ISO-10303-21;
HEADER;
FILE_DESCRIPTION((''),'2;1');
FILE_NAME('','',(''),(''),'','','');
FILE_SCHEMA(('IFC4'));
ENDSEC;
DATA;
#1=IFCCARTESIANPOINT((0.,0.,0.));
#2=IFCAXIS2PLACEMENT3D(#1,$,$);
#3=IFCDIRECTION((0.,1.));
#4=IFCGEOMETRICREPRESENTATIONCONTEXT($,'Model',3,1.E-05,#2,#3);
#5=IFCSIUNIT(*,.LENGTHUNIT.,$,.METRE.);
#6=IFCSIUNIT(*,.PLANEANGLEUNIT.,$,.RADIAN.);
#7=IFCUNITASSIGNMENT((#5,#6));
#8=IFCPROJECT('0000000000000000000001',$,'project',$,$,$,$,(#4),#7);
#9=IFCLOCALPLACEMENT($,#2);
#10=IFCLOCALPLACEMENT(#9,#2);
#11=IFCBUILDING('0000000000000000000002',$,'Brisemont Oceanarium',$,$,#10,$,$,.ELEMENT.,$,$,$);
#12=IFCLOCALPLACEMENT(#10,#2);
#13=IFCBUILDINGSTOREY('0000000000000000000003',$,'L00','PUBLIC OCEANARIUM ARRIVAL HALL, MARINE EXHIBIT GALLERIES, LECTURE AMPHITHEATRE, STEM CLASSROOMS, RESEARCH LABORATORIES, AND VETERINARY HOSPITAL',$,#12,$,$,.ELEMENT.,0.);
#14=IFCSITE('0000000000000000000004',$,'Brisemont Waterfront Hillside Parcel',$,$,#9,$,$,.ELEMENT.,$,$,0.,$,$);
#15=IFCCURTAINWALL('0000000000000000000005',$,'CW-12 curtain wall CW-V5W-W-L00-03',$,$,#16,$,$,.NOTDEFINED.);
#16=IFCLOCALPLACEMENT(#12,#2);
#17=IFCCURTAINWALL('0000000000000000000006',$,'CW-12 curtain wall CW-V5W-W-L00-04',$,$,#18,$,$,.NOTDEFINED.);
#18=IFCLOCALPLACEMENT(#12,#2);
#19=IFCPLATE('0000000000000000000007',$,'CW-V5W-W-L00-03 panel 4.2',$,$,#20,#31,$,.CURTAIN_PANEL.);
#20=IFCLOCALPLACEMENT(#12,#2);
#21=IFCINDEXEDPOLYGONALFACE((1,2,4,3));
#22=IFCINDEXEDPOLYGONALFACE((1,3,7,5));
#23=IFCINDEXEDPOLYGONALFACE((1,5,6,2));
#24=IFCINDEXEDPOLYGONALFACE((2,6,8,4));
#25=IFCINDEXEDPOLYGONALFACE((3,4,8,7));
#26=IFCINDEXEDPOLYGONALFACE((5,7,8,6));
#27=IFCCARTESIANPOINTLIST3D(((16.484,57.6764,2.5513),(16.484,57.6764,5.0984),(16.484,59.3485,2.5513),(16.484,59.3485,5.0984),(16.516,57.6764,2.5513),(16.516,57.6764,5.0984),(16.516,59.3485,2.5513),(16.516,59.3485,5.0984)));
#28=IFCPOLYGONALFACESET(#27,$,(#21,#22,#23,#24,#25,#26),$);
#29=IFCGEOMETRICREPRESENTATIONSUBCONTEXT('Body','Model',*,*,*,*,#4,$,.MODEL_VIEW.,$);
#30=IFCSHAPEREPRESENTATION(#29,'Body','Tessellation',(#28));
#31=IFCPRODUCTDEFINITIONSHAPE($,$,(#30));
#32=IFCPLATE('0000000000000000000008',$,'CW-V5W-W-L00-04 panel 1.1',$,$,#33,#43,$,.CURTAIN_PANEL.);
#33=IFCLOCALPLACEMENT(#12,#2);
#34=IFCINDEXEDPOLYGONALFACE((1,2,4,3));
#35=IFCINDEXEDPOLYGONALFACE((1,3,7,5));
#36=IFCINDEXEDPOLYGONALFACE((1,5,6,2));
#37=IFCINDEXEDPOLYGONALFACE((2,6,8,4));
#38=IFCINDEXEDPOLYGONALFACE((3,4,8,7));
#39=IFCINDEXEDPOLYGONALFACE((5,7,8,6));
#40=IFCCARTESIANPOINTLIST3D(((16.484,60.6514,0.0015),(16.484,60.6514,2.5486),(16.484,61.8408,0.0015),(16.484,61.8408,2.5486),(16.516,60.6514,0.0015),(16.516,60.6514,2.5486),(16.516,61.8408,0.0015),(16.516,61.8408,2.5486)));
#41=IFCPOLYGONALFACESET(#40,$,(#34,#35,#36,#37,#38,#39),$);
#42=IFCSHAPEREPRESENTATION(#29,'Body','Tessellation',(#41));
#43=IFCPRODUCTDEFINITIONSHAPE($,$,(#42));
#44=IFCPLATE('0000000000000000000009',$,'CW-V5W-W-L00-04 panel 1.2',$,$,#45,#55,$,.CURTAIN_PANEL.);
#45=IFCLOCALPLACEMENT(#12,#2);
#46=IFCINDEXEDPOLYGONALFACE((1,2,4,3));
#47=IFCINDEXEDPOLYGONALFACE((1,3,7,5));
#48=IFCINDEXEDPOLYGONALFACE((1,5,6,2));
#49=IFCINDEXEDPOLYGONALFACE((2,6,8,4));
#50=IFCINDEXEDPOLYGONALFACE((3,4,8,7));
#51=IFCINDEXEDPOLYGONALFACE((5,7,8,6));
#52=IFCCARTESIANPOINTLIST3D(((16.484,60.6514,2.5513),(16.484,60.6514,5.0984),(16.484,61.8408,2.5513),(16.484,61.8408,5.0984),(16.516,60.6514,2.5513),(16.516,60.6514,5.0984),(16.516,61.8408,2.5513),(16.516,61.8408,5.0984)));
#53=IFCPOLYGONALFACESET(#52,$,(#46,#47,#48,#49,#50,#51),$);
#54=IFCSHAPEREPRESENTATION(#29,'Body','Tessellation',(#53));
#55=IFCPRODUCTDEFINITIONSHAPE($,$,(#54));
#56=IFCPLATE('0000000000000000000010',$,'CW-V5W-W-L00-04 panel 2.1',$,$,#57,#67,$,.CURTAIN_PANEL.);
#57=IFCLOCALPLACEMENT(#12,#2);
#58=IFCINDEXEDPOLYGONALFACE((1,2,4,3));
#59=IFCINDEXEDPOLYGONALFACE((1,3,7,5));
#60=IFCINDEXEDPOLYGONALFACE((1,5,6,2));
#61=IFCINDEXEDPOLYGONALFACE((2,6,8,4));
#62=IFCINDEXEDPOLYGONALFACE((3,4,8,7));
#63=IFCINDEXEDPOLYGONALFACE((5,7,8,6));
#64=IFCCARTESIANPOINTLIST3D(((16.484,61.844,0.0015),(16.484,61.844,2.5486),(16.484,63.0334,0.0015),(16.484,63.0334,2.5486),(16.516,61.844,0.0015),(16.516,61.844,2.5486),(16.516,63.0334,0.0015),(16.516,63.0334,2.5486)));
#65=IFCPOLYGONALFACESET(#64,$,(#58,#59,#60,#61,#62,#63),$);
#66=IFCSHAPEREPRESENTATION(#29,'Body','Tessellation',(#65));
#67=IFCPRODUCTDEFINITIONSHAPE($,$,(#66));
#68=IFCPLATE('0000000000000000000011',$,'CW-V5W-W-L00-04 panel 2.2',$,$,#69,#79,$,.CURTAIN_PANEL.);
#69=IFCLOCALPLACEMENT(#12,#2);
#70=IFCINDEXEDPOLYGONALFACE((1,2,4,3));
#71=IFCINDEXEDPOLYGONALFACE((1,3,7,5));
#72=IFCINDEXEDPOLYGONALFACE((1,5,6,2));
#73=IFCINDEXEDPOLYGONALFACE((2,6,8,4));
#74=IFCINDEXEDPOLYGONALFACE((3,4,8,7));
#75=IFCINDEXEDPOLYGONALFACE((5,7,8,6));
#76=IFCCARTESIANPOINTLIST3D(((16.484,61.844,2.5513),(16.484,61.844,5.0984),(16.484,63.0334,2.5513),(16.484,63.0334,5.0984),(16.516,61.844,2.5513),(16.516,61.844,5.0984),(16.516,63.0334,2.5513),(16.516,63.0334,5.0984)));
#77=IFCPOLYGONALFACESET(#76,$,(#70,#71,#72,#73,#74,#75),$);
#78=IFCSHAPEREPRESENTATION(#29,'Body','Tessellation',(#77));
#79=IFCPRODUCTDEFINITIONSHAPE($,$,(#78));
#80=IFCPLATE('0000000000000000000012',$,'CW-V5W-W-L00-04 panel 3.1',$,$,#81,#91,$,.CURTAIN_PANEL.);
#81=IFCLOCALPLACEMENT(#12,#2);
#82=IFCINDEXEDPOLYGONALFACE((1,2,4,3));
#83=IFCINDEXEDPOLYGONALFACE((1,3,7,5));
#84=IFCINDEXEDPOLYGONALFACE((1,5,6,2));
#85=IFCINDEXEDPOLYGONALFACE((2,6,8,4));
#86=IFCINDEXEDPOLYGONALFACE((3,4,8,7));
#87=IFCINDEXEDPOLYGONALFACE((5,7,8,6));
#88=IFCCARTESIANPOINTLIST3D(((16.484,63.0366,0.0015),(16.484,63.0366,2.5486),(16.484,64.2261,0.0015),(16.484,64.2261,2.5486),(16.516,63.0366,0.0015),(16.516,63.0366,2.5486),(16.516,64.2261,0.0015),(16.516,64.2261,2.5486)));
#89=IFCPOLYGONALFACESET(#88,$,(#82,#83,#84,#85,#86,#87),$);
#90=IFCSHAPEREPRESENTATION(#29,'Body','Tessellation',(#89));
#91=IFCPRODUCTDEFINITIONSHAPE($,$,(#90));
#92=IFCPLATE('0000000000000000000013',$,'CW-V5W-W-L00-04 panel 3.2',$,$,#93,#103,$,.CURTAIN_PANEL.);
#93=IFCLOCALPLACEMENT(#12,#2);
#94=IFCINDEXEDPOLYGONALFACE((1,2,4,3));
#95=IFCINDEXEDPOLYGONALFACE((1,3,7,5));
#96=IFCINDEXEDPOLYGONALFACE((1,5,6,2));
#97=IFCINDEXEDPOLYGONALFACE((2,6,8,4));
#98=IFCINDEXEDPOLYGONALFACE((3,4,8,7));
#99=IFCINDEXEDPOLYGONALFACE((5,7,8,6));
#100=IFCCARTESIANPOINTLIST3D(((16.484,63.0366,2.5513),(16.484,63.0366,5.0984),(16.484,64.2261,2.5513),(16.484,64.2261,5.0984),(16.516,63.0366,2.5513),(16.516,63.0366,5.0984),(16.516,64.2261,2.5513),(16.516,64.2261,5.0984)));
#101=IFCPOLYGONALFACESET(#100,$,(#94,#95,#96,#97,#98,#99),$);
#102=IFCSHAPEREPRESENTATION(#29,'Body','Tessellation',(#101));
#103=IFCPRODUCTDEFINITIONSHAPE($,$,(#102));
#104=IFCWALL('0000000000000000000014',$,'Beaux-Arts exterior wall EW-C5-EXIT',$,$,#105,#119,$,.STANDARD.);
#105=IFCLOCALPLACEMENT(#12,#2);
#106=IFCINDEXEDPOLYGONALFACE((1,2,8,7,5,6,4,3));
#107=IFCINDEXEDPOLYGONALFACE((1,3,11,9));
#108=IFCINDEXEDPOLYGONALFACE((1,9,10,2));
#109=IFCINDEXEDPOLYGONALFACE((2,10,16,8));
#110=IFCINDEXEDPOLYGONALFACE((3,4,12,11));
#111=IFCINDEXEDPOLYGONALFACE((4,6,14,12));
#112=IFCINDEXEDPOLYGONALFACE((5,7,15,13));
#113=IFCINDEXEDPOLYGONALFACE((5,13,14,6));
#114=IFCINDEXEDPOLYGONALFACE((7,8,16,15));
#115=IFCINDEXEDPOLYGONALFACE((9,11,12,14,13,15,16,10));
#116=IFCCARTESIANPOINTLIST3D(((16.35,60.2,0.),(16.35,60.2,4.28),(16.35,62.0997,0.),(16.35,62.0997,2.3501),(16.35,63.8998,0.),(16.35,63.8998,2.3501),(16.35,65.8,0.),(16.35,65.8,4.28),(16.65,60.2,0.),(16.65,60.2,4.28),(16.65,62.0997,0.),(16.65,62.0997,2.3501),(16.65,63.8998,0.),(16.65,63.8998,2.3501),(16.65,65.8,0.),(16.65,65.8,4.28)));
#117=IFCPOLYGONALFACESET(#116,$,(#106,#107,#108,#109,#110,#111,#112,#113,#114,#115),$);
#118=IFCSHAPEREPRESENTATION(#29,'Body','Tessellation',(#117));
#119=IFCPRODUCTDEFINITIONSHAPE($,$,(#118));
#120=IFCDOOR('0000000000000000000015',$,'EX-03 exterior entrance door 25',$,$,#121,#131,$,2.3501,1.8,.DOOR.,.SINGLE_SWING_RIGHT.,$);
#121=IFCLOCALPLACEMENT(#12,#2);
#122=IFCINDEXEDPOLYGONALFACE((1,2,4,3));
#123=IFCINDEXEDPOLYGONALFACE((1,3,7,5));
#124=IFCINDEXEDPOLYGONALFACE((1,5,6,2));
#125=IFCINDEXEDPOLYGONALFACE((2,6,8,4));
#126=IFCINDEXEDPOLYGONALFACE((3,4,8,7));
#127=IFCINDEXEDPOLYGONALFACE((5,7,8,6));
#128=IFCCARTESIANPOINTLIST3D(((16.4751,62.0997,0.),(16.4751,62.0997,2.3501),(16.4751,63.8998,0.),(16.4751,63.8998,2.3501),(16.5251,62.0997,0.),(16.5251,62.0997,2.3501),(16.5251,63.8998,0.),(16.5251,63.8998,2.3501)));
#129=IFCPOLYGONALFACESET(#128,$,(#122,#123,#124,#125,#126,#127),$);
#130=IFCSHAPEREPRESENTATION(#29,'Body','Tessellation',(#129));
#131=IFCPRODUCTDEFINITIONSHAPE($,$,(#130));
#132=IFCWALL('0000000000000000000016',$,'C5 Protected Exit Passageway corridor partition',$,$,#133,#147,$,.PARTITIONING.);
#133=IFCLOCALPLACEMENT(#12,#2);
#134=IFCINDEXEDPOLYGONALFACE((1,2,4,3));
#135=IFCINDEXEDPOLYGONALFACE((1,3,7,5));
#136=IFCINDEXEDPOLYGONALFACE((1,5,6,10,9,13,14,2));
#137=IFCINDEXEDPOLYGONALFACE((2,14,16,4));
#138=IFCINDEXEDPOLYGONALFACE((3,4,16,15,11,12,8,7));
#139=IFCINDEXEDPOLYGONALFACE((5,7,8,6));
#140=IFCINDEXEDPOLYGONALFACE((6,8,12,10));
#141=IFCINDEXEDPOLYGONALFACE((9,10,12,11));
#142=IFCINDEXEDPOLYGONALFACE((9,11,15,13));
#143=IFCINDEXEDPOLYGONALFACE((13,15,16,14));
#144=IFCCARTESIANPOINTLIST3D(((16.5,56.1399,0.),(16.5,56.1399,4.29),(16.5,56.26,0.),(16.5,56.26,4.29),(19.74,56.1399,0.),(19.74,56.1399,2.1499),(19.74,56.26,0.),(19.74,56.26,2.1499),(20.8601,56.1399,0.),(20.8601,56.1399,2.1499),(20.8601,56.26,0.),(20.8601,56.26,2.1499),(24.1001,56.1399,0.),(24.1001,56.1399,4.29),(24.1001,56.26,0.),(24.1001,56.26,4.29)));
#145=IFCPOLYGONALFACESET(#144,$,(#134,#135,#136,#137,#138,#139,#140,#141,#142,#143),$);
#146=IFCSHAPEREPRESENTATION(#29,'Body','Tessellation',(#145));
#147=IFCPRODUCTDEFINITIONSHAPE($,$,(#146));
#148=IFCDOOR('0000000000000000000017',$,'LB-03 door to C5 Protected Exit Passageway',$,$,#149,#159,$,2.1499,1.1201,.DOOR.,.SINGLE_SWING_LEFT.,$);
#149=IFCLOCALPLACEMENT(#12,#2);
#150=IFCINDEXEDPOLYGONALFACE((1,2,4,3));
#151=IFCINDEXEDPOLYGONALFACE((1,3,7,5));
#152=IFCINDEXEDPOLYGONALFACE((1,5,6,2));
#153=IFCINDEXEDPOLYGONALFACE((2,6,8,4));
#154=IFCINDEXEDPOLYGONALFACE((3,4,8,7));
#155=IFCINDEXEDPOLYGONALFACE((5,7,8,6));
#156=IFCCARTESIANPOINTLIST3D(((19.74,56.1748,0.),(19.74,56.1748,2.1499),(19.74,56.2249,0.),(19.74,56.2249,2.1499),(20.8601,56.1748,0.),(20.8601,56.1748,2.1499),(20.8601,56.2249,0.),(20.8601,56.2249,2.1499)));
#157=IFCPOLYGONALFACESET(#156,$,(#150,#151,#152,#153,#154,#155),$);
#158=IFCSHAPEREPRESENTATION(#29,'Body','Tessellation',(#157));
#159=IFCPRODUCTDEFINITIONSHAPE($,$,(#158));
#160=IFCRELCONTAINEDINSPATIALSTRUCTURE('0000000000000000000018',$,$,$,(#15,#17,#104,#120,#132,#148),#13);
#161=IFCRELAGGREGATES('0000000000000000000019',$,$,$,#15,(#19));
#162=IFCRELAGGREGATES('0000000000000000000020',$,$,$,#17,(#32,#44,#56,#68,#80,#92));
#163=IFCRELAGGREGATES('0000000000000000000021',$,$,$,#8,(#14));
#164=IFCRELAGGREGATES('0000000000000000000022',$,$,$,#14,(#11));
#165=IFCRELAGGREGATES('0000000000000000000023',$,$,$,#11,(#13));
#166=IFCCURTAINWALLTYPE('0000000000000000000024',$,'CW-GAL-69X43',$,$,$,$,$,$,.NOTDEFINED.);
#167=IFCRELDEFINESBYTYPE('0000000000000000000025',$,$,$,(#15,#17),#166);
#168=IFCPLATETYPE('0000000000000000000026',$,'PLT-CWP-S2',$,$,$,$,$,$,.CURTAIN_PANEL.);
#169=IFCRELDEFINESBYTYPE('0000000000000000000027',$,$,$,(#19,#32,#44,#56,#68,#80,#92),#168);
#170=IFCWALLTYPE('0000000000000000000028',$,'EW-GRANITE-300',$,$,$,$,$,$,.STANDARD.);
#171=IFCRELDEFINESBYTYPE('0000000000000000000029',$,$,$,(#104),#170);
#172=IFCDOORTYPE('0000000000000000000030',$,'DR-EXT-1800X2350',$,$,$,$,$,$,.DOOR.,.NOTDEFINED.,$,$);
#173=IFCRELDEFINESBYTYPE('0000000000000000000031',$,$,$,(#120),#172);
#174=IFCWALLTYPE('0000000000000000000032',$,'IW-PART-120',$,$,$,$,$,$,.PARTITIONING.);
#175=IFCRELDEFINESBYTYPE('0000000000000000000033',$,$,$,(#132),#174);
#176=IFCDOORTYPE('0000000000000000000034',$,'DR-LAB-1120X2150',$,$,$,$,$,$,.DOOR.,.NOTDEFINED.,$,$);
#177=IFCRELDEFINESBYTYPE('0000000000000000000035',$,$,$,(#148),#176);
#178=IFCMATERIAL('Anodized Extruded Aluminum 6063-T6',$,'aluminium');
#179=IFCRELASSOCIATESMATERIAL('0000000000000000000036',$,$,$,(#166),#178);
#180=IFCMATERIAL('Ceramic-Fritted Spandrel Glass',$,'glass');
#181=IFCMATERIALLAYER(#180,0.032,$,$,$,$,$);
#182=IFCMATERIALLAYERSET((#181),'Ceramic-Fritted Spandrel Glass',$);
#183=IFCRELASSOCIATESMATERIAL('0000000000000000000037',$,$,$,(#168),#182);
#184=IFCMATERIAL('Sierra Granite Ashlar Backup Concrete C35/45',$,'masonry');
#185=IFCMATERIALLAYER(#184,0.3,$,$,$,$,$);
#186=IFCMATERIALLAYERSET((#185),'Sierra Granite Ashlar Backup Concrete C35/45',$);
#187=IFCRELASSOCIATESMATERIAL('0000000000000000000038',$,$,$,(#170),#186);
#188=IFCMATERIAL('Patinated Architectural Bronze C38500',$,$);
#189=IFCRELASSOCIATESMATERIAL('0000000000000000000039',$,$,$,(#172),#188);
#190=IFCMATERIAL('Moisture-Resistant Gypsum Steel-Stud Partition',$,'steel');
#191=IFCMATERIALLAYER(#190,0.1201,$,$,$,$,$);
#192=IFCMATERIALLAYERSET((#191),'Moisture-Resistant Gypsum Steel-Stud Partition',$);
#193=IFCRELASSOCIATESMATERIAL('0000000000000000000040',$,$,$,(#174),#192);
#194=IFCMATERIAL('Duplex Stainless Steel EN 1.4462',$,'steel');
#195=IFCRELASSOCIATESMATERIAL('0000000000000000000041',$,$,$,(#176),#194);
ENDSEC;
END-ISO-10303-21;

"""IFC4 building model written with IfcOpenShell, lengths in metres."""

from ifc_helpers import new_model, si_unit, direction, frame, frame_2d, origin, origin_2d, place, context, subcontext, project, spatial, rectangle, extrude, material, layer, layer_set, type_object, element, fill, aggregate, save


model = new_model("IFC4")

# Units and contexts
model_context = context("Model", 3, precision=1e-05, world=origin(), true_north=direction((0.0, 1.0)))
body_context = subcontext(model_context, "Body", "Model", "MODEL_VIEW")
ifc_project = project(units=[si_unit("LENGTHUNIT", "METRE"), si_unit("PLANEANGLEUNIT", "RADIAN")], contexts=[model_context])

# Site, building, storey
site_placement = place(None, origin())
site = spatial("IfcSite", under=ifc_project, at=site_placement, Name="Brisemont Waterfront Hillside Parcel", CompositionType="ELEMENT", RefElevation=0.0)
building_placement = place(site_placement, origin())
building = spatial("IfcBuilding", under=site, at=building_placement, Name="Brisemont Oceanarium", CompositionType="ELEMENT")
storey_placement = place(building_placement, origin())
storey = spatial("IfcBuildingStorey", under=building, at=storey_placement, Name="L00", Description="PUBLIC OCEANARIUM ARRIVAL HALL, MARINE EXHIBIT GALLERIES, LECTURE AMPHITHEATRE, STEM CLASSROOMS, RESEARCH LABORATORIES, AND VETERINARY HOSPITAL", CompositionType="ELEMENT", Elevation=0.0)

# Curtain walls
ifc_material_1 = material(Name="Anodized Extruded Aluminum 6063-T6", Category="aluminium")
curtain_wall_type = type_object("IfcCurtainWallType", Name="CW-GAL-69X43", PredefinedType="NOTDEFINED", material=ifc_material_1)
curtain_wall_1_placement = place(storey_placement, origin())
curtain_wall_1 = element("IfcCurtainWall", 1, at=curtain_wall_1_placement, inside=storey, type_object=curtain_wall_type, Name="CW-12 curtain wall CW-V5W-W-L00-03", PredefinedType="NOTDEFINED")
curtain_wall_2_placement = place(storey_placement, origin())
curtain_wall_2 = element("IfcCurtainWall", 2, at=curtain_wall_2_placement, inside=storey, type_object=curtain_wall_type, Name="CW-12 curtain wall CW-V5W-W-L00-04", PredefinedType="NOTDEFINED")

# Plates
ifc_material_2 = material(Name="Ceramic-Fritted Spandrel Glass", Category="glass")
ifc_layer_1 = layer(ifc_material_2, 0.032)
ifc_layer_set_1 = layer_set([ifc_layer_1], Name="Ceramic-Fritted Spandrel Glass")
plate_type = type_object("IfcPlateType", Name="PLT-CWP-S2", PredefinedType="CURTAIN_PANEL", material=ifc_layer_set_1)
plate_1_placement = place(storey_placement, frame((16.5, 58.5125, 2.5513), z_axis=(0.0, 0.0, 1.0), x_axis=(0.0, 1.0, 0.0)))
plate_1 = element("IfcPlate", 3, at=plate_1_placement, type_object=plate_type, Name="CW-V5W-W-L00-03 panel 4.2", PredefinedType="CURTAIN_PANEL", context=body_context, shape_type="SweptSolid", body=[
    extrude(rectangle(XDim=1.6721, YDim=0.032, at=origin_2d()), origin(), (0.0, 0.0, 1.0), 2.5471),
])
aggregate(curtain_wall_1, [plate_1])
plate_2_placement = place(storey_placement, frame((16.5, 61.2461, 0.0015), z_axis=(0.0, 0.0, 1.0), x_axis=(0.0, 1.0, 0.0)))
plate_2 = element("IfcPlate", 4, at=plate_2_placement, type_object=plate_type, Name="CW-V5W-W-L00-04 panel 1.1", PredefinedType="CURTAIN_PANEL", context=body_context, shape_type="SweptSolid", body=[
    extrude(rectangle(XDim=1.1895, YDim=0.032, at=origin_2d()), origin(), (0.0, 0.0, 1.0), 2.5471),
])
plate_3_placement = place(storey_placement, frame((16.5, 61.2461, 2.5513), z_axis=(0.0, 0.0, 1.0), x_axis=(0.0, 1.0, 0.0)))
plate_3 = element("IfcPlate", 5, at=plate_3_placement, type_object=plate_type, Name="CW-V5W-W-L00-04 panel 1.2", PredefinedType="CURTAIN_PANEL", context=body_context, shape_type="SweptSolid", body=[
    extrude(rectangle(XDim=1.1895, YDim=0.032, at=origin_2d()), origin(), (0.0, 0.0, 1.0), 2.5471),
])
plate_4_placement = place(storey_placement, frame((16.5, 62.4387, 0.0015), z_axis=(0.0, 0.0, 1.0), x_axis=(0.0, 1.0, 0.0)))
plate_4 = element("IfcPlate", 6, at=plate_4_placement, type_object=plate_type, Name="CW-V5W-W-L00-04 panel 2.1", PredefinedType="CURTAIN_PANEL", context=body_context, shape_type="SweptSolid", body=[
    extrude(rectangle(XDim=1.1895, YDim=0.032, at=origin_2d()), origin(), (0.0, 0.0, 1.0), 2.5471),
])
plate_5_placement = place(storey_placement, frame((16.5, 62.4387, 2.5513), z_axis=(0.0, 0.0, 1.0), x_axis=(0.0, 1.0, 0.0)))
plate_5 = element("IfcPlate", 7, at=plate_5_placement, type_object=plate_type, Name="CW-V5W-W-L00-04 panel 2.2", PredefinedType="CURTAIN_PANEL", context=body_context, shape_type="SweptSolid", body=[
    extrude(rectangle(XDim=1.1895, YDim=0.032, at=origin_2d()), origin(), (0.0, 0.0, 1.0), 2.5471),
])
plate_6_placement = place(storey_placement, frame((16.5, 63.6313, 0.0015), z_axis=(0.0, 0.0, 1.0), x_axis=(0.0, 1.0, 0.0)))
plate_6 = element("IfcPlate", 8, at=plate_6_placement, type_object=plate_type, Name="CW-V5W-W-L00-04 panel 3.1", PredefinedType="CURTAIN_PANEL", context=body_context, shape_type="SweptSolid", body=[
    extrude(rectangle(XDim=1.1895, YDim=0.032, at=origin_2d()), origin(), (0.0, 0.0, 1.0), 2.5471),
])
plate_7_placement = place(storey_placement, frame((16.5, 63.6313, 2.5513), z_axis=(0.0, 0.0, 1.0), x_axis=(0.0, 1.0, 0.0)))
plate_7 = element("IfcPlate", 9, at=plate_7_placement, type_object=plate_type, Name="CW-V5W-W-L00-04 panel 3.2", PredefinedType="CURTAIN_PANEL", context=body_context, shape_type="SweptSolid", body=[
    extrude(rectangle(XDim=1.1895, YDim=0.032, at=origin_2d()), origin(), (0.0, 0.0, 1.0), 2.5471),
])
aggregate(curtain_wall_2, [plate_2, plate_3, plate_4, plate_5, plate_6, plate_7])

# Walls, openings, doors
ifc_material_3 = material(Name="Sierra Granite Ashlar Backup Concrete C35/45", Category="masonry")
ifc_layer_2 = layer(ifc_material_3, 0.3)
ifc_layer_set_2 = layer_set([ifc_layer_2], Name="Sierra Granite Ashlar Backup Concrete C35/45")
wall_type_1 = type_object("IfcWallType", Name="EW-GRANITE-300", PredefinedType="STANDARD", material=ifc_layer_set_2)
wall_1_placement = place(storey_placement, frame((16.5, 60.2, 0.0), z_axis=(0.0, 0.0, 1.0), x_axis=(0.0, 1.0, 0.0)))
wall_1 = element("IfcWall", 10, at=wall_1_placement, inside=storey, type_object=wall_type_1, Name="Beaux-Arts exterior wall EW-C5-EXIT", PredefinedType="STANDARD", context=body_context, shape_type="SweptSolid", body=[
    extrude(rectangle(XDim=5.6001, YDim=0.3, at=frame_2d((2.8, 0.0))), origin(), (0.0, 0.0, 1.0), 4.28),
])
opening_1_placement = place(wall_1_placement, frame((1.8999, 0.0, 0.0)))
opening_1 = element("IfcOpeningElement", 11, at=opening_1_placement, cuts=wall_1, PredefinedType="OPENING", context=body_context, shape_type="SweptSolid", body=[
    extrude(rectangle(XDim=1.8, YDim=2.3501, at=frame_2d((0.8999, 1.175))), frame((0.0, 0.1599, 0.0), z_axis=(0.0, -1.0, 0.0), x_axis=(1.0, 0.0, 0.0)), (0.0, 0.0, 1.0), 0.3201),
])
ifc_material_4 = material(Name="Patinated Architectural Bronze C38500")
door_type_1 = type_object("IfcDoorType", Name="DR-EXT-1800X2350", OperationType="NOTDEFINED", PredefinedType="DOOR", material=ifc_material_4)
door_1_placement = place(opening_1_placement, origin())
door_1 = element("IfcDoor", 12, at=door_1_placement, inside=storey, type_object=door_type_1, Name="EX-03 exterior entrance door 25", OperationType="SINGLE_SWING_RIGHT", OverallHeight=2.3501, OverallWidth=1.8, PredefinedType="DOOR", context=body_context, shape_type="SweptSolid", body=[
    extrude(rectangle(XDim=1.8, YDim=2.3501, at=frame_2d((0.8999, 1.175))), frame((0.0, 0.0249, 0.0), z_axis=(0.0, -1.0, 0.0), x_axis=(1.0, 0.0, 0.0)), (0.0, 0.0, 1.0), 0.05),
])
fill(opening_1, door_1)
ifc_material_5 = material(Name="Moisture-Resistant Gypsum Steel-Stud Partition", Category="steel")
ifc_layer_3 = layer(ifc_material_5, 0.1201)
ifc_layer_set_3 = layer_set([ifc_layer_3], Name="Moisture-Resistant Gypsum Steel-Stud Partition")
wall_type_2 = type_object("IfcWallType", Name="IW-PART-120", PredefinedType="PARTITIONING", material=ifc_layer_set_3)
wall_2_placement = place(storey_placement, frame((16.5, 56.2, 0.0), z_axis=(0.0, 0.0, 1.0), x_axis=(1.0, 0.0, 0.0)))
wall_2 = element("IfcWall", 13, at=wall_2_placement, inside=storey, type_object=wall_type_2, Name="C5 Protected Exit Passageway corridor partition", PredefinedType="PARTITIONING", context=body_context, shape_type="SweptSolid", body=[
    extrude(rectangle(XDim=7.6001, YDim=0.1201, at=frame_2d((3.8, 0.0))), origin(), (0.0, 0.0, 1.0), 4.29),
])
opening_2_placement = place(wall_2_placement, frame((3.24, 0.0, 0.0)))
opening_2 = element("IfcOpeningElement", 14, at=opening_2_placement, cuts=wall_2, PredefinedType="OPENING", context=body_context, shape_type="SweptSolid", body=[
    extrude(rectangle(XDim=1.1201, YDim=2.1499, at=frame_2d((0.5601, 1.075))), frame((0.0, 0.0701, 0.0), z_axis=(0.0, -1.0, 0.0), x_axis=(1.0, 0.0, 0.0)), (0.0, 0.0, 1.0), 0.1401),
])
ifc_material_6 = material(Name="Duplex Stainless Steel EN 1.4462", Category="steel")
door_type_2 = type_object("IfcDoorType", Name="DR-LAB-1120X2150", OperationType="NOTDEFINED", PredefinedType="DOOR", material=ifc_material_6)
door_2_placement = place(opening_2_placement, origin())
door_2 = element("IfcDoor", 15, at=door_2_placement, inside=storey, type_object=door_type_2, Name="LB-03 door to C5 Protected Exit Passageway", OperationType="SINGLE_SWING_LEFT", OverallHeight=2.1499, OverallWidth=1.1201, PredefinedType="DOOR", context=body_context, shape_type="SweptSolid", body=[
    extrude(rectangle(XDim=1.1201, YDim=2.1499, at=frame_2d((0.5601, 1.075))), frame((0.0, 0.0249, 0.0), z_axis=(0.0, -1.0, 0.0), x_axis=(1.0, 0.0, 0.0)), (0.0, 0.0, 1.0), 0.05),
])
fill(opening_2, door_2)

save(model, "model.ifc")
